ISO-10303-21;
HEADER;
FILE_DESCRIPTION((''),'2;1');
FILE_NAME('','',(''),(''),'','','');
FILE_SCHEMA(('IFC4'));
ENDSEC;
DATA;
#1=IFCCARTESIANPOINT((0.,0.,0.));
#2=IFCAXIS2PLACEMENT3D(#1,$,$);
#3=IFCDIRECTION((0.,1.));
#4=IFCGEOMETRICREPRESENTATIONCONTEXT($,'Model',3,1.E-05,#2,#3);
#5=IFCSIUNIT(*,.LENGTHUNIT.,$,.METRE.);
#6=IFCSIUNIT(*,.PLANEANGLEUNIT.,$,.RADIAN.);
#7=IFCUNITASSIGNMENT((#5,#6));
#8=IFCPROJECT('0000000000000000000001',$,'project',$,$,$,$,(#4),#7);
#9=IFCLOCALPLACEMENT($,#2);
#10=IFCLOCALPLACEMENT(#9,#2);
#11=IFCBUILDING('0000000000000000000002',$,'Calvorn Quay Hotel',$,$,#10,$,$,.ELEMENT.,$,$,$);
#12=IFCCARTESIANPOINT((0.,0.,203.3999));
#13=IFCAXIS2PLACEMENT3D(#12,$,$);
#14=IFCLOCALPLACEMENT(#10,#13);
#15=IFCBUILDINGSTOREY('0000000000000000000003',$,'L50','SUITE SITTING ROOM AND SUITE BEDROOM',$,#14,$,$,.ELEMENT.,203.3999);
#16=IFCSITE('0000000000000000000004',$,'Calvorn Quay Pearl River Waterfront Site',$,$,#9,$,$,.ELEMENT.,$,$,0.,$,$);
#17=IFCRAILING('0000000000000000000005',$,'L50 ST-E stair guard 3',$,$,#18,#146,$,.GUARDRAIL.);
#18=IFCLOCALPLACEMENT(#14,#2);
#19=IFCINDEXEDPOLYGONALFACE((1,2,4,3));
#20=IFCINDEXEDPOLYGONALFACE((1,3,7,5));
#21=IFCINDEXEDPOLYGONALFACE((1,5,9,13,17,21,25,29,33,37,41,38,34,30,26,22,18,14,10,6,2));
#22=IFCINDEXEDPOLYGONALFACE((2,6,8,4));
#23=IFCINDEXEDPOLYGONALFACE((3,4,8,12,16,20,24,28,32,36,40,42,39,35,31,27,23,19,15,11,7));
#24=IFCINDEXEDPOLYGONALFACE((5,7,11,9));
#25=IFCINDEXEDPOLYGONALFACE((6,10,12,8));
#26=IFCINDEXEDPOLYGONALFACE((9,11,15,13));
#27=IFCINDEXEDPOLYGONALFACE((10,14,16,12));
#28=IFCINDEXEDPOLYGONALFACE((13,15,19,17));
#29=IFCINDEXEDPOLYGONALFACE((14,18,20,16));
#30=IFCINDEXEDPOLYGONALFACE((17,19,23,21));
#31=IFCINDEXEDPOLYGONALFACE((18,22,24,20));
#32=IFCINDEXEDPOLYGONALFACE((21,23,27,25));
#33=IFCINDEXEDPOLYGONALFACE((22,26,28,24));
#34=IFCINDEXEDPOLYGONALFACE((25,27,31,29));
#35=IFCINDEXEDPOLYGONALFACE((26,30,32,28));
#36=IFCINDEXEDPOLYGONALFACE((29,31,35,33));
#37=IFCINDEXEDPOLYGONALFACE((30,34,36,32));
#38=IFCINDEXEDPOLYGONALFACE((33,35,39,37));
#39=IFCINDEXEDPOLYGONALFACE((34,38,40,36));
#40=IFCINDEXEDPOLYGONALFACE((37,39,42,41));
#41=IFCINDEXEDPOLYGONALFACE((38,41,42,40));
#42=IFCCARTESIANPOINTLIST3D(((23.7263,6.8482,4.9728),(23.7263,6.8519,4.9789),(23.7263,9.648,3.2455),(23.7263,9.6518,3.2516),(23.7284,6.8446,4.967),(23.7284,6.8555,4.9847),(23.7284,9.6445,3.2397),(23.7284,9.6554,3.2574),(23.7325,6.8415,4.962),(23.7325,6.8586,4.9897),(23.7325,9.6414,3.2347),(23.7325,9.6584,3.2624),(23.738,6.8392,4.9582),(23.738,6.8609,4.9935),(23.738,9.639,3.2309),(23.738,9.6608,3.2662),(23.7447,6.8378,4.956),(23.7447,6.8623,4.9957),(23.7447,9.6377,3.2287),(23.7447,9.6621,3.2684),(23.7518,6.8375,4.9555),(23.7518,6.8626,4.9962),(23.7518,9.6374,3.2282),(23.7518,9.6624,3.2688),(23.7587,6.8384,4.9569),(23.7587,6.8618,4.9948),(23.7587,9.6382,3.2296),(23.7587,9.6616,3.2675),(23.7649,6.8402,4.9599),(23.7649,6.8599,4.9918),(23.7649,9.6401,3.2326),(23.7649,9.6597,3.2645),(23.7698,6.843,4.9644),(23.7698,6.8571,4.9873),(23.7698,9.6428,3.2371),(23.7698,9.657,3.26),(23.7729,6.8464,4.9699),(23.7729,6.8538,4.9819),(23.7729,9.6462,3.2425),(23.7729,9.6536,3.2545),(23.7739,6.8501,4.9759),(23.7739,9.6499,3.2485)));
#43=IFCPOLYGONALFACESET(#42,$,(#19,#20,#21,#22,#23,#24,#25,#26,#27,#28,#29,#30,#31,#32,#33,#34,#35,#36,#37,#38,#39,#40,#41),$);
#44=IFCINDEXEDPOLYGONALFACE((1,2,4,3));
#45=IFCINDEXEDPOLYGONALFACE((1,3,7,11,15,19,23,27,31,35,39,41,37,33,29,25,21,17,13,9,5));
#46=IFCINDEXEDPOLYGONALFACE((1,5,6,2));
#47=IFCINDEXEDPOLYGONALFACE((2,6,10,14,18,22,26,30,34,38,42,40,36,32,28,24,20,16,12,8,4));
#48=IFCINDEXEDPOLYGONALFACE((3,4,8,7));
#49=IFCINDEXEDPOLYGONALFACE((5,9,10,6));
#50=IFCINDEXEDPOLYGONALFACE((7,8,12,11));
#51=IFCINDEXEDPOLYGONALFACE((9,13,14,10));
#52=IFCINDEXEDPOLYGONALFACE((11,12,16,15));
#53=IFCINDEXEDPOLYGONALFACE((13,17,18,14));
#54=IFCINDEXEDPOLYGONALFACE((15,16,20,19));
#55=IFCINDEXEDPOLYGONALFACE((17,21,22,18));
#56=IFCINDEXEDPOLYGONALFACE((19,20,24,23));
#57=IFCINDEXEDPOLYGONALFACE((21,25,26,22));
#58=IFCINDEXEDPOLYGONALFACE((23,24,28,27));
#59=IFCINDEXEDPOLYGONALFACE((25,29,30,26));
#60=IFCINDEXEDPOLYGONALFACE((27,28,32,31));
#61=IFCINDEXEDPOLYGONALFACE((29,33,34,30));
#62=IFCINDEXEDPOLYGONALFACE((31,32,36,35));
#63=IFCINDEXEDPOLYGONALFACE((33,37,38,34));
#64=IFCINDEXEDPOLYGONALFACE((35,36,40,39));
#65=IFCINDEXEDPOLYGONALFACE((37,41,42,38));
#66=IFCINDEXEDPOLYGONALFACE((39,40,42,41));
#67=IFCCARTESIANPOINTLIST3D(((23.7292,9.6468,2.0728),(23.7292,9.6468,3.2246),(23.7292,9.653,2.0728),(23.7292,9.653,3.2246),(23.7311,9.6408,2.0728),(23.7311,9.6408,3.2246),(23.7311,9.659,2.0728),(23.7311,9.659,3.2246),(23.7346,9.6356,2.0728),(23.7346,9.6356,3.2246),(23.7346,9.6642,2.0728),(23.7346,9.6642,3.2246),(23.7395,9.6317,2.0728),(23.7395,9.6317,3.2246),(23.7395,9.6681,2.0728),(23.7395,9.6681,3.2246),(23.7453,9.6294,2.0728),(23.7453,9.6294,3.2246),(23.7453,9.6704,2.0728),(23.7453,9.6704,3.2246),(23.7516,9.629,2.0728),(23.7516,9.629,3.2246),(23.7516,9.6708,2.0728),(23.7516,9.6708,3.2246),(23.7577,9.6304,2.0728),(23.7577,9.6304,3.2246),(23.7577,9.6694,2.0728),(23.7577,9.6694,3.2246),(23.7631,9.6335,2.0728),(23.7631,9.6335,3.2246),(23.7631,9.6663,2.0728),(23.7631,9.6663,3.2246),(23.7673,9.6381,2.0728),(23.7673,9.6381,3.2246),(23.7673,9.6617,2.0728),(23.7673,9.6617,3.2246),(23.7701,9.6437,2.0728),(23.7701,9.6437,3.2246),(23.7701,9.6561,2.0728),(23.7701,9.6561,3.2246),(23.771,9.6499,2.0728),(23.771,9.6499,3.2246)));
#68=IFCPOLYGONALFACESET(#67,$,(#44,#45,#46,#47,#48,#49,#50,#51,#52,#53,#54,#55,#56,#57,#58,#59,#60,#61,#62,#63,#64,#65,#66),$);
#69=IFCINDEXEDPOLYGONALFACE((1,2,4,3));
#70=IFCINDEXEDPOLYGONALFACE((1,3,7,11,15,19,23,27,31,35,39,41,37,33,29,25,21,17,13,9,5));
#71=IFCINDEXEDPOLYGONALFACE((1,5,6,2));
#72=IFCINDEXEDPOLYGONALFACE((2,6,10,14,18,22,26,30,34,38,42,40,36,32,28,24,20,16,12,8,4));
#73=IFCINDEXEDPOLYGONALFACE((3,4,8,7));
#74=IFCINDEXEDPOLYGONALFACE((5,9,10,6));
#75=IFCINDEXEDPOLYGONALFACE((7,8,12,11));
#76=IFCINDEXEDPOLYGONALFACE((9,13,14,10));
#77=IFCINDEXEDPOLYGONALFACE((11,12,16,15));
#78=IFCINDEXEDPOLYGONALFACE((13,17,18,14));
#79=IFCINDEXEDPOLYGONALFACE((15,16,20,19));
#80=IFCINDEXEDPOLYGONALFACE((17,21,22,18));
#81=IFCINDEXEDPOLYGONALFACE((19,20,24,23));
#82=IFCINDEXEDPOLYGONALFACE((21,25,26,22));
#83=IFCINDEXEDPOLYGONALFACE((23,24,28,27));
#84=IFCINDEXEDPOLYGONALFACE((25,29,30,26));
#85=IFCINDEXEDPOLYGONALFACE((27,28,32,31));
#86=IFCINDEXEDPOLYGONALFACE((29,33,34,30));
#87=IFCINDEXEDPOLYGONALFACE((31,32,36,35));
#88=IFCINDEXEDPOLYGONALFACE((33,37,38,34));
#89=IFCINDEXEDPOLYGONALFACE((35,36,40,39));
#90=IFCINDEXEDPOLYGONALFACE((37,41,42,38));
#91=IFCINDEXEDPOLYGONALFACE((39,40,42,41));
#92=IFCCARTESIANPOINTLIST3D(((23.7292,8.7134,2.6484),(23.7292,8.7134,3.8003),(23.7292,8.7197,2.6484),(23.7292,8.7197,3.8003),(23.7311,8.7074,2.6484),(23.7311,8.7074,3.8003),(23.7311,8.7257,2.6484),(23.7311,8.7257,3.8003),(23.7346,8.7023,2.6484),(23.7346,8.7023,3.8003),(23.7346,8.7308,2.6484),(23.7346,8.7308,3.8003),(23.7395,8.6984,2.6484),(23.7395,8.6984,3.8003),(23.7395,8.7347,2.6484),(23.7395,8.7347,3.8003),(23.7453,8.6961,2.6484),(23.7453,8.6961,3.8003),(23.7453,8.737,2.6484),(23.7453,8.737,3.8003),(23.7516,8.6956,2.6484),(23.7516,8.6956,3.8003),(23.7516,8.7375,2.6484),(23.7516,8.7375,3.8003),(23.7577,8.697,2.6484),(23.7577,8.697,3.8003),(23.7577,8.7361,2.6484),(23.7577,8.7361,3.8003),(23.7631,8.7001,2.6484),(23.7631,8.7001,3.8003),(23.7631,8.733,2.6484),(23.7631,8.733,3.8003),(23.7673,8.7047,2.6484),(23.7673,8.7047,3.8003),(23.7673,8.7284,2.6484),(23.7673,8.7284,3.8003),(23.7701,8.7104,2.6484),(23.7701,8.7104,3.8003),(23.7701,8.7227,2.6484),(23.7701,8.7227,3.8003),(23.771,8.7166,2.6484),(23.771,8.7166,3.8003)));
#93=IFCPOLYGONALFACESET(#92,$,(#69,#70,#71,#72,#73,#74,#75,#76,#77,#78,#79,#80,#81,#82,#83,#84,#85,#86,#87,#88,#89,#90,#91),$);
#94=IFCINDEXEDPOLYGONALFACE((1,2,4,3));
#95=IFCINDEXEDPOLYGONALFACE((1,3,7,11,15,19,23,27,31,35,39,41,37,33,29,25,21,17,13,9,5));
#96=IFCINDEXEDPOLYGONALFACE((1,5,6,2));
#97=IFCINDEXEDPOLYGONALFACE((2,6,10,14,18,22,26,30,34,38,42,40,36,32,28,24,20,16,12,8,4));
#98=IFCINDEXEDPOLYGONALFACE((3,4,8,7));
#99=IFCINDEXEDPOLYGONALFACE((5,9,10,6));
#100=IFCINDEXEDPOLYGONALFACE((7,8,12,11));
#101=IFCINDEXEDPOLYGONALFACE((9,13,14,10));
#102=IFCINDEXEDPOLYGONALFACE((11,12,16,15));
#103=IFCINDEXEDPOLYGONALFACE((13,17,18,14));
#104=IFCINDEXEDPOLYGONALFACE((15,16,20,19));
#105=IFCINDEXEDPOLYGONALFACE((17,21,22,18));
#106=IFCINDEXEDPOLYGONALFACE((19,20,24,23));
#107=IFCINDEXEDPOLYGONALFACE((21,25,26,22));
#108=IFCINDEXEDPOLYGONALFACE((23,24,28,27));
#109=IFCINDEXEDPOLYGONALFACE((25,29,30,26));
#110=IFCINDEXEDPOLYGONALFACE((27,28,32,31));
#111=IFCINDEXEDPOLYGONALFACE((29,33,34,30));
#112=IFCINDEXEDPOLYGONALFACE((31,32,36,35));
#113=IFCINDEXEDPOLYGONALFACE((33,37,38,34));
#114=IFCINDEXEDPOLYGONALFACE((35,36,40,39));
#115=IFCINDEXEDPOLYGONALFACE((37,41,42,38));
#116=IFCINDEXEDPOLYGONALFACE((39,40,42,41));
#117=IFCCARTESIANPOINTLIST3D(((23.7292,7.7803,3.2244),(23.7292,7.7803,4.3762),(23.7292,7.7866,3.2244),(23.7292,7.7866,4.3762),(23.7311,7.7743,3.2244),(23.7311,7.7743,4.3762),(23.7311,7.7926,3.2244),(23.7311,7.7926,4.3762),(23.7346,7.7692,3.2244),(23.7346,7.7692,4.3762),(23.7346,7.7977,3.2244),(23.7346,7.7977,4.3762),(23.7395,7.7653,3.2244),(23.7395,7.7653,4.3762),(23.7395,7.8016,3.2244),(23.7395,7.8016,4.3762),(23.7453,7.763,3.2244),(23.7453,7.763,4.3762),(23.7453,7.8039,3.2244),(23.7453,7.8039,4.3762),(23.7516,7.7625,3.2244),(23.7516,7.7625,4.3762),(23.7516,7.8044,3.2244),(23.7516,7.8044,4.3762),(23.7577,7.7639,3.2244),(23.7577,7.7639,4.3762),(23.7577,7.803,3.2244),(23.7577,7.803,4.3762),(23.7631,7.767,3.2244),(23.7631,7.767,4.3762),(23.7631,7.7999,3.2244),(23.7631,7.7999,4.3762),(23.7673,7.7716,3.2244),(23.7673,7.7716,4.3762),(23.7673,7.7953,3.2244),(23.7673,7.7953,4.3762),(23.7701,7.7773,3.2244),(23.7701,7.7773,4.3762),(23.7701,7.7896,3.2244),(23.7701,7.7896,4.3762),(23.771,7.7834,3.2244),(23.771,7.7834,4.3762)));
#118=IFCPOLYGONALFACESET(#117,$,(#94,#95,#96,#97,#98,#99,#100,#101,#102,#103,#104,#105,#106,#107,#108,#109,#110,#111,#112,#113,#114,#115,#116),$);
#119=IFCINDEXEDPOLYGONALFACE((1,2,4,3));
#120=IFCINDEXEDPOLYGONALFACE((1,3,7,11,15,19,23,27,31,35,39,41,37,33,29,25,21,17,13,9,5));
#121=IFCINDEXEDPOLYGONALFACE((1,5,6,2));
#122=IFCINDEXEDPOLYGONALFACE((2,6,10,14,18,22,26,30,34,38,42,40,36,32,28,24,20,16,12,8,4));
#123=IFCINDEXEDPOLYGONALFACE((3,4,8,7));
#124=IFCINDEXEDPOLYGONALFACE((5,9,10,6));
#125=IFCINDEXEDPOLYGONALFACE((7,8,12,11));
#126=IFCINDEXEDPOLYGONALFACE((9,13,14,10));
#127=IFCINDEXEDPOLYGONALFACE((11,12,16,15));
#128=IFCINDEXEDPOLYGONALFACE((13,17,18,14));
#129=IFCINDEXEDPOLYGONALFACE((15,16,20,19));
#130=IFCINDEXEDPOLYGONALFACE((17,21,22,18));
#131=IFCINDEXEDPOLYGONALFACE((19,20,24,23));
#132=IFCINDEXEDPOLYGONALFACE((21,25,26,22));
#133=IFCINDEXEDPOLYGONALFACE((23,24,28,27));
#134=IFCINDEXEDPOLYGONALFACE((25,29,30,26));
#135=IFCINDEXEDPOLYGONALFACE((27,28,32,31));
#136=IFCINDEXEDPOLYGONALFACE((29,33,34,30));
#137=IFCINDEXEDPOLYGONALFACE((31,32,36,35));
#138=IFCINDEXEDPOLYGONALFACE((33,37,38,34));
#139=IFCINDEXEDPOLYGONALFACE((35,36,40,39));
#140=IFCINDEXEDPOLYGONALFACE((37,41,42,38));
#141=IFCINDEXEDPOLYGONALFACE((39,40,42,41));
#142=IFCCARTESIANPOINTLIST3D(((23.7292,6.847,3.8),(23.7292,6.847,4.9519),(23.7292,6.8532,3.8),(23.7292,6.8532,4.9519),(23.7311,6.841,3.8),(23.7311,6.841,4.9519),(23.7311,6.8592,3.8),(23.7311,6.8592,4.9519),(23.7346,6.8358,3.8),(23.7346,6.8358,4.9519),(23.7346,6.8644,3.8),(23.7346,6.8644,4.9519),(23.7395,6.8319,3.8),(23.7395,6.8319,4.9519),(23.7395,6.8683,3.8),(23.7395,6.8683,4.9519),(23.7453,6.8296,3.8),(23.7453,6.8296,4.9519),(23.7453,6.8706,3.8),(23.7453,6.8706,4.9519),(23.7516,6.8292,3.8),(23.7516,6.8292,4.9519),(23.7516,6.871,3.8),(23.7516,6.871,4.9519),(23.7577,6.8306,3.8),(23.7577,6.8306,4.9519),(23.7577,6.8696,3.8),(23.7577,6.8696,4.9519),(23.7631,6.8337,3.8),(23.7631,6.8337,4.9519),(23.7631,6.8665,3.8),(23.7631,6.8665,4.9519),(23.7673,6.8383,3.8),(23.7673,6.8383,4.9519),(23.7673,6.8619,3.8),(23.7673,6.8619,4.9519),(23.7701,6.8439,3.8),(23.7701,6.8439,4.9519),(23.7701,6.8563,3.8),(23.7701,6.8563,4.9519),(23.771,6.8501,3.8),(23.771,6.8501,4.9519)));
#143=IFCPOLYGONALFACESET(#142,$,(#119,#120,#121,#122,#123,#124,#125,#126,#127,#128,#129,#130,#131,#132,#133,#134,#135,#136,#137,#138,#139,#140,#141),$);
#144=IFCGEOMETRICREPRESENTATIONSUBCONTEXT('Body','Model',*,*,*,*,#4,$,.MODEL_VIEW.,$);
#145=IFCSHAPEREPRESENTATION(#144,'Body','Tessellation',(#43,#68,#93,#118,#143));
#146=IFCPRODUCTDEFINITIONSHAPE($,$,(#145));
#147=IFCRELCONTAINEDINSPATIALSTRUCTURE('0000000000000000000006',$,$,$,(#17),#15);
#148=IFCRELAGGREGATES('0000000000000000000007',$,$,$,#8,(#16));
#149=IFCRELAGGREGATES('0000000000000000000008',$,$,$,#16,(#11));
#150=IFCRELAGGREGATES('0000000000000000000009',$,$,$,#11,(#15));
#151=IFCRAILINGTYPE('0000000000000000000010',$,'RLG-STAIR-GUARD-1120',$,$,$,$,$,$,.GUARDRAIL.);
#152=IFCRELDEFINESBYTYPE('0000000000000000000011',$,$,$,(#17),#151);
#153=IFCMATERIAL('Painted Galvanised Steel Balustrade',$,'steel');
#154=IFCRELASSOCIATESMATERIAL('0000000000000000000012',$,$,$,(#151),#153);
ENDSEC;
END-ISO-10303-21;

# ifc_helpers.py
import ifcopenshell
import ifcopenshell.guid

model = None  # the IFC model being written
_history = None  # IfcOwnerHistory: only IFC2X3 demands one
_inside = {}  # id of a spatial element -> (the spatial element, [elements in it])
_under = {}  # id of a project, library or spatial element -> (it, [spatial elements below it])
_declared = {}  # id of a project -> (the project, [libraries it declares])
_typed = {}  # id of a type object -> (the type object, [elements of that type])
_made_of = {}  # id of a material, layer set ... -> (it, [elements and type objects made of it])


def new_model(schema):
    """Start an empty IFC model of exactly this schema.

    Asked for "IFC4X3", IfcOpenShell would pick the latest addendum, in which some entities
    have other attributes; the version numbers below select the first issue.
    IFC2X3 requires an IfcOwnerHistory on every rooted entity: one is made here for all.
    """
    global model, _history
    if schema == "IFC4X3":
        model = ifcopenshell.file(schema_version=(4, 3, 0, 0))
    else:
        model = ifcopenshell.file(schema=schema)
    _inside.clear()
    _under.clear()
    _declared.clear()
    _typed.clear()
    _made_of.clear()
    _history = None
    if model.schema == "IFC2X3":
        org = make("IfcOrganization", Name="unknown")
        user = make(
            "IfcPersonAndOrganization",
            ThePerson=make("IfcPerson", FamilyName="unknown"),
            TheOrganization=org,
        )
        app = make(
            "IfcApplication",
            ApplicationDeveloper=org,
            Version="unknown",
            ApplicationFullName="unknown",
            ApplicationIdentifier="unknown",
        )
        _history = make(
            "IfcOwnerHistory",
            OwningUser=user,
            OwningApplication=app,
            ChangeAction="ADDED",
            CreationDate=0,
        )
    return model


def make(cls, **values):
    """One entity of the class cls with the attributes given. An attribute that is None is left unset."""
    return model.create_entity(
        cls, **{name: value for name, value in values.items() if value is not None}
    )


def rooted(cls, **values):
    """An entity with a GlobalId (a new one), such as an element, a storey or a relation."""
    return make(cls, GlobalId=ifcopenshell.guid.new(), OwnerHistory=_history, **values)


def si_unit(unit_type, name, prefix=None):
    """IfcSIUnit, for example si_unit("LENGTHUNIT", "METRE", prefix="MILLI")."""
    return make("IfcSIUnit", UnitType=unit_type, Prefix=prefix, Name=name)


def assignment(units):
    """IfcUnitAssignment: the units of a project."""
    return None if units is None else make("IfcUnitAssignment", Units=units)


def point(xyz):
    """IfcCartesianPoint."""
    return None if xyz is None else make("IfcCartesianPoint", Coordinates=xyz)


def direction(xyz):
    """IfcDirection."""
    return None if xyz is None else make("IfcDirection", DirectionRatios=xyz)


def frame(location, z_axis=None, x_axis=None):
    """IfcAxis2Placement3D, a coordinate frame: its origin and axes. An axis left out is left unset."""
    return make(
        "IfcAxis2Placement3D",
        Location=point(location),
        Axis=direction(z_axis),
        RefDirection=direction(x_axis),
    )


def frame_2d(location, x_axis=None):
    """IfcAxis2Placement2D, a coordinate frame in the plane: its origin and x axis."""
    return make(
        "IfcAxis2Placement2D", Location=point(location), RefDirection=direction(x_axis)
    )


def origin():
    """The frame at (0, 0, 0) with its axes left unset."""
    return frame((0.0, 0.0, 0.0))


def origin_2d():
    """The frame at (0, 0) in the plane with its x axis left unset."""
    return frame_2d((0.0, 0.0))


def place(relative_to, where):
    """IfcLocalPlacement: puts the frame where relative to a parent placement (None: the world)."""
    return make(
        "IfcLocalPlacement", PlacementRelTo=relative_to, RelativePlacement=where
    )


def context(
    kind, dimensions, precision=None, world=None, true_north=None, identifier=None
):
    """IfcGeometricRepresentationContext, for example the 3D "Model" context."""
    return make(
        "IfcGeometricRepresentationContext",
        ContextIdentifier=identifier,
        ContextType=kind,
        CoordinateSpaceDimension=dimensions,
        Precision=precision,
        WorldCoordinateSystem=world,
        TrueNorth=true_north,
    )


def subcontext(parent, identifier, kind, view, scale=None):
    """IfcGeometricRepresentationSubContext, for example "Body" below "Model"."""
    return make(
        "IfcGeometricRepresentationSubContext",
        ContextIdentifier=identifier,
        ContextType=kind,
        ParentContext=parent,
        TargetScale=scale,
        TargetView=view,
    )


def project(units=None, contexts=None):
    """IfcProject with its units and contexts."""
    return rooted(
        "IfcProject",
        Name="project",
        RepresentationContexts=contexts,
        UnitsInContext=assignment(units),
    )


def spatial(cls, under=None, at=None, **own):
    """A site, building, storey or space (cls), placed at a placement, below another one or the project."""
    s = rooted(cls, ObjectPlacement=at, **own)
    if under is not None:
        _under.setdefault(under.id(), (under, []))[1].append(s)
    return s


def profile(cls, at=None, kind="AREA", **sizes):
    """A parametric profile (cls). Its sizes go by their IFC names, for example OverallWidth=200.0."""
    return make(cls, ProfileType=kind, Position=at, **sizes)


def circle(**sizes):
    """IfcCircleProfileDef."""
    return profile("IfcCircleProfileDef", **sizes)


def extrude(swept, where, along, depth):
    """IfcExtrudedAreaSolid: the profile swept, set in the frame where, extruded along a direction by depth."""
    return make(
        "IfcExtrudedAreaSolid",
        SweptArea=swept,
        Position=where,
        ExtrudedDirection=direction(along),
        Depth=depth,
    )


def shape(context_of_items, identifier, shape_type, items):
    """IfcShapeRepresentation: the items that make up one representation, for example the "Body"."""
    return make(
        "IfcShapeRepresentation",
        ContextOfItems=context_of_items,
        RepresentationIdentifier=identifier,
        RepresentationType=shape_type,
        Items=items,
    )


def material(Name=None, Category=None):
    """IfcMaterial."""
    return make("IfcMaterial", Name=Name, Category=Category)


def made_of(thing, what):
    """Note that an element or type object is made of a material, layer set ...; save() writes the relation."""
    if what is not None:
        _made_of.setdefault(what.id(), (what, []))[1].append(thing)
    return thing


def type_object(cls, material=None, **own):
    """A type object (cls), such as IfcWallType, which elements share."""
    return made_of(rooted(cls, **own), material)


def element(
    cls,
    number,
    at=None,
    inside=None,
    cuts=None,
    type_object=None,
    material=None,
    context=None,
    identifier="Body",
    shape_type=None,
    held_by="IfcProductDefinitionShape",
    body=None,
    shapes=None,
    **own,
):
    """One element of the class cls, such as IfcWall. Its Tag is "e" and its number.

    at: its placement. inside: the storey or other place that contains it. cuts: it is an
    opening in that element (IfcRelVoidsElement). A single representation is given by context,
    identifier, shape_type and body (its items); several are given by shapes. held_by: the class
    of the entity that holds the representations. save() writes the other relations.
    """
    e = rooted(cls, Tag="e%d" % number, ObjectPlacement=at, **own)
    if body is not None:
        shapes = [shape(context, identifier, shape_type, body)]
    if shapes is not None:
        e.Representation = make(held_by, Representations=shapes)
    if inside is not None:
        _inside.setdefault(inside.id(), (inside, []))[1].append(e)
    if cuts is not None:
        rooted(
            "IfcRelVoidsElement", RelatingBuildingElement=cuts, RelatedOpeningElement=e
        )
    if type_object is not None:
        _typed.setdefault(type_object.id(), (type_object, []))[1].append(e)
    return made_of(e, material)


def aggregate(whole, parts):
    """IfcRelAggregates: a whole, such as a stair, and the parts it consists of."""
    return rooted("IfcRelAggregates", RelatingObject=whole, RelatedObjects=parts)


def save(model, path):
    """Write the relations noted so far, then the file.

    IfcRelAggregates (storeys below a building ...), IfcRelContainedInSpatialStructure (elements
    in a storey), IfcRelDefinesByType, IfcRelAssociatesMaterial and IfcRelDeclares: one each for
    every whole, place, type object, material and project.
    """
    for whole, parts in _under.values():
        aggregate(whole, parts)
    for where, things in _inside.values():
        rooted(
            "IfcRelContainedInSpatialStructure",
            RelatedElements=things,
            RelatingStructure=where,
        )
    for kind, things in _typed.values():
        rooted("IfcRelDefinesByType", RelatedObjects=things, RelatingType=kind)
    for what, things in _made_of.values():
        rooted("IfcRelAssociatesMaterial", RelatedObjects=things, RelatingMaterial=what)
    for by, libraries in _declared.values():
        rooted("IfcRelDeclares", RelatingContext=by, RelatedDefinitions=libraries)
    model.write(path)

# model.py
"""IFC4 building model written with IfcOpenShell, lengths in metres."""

from ifc_helpers import new_model, si_unit, direction, frame, origin, origin_2d, place, context, subcontext, project, spatial, circle, extrude, material, type_object, element, save


model = new_model("IFC4")

# Units and contexts
model_context = context("Model", 3, precision=1e-05, world=origin(), true_north=direction((0.0, 1.0)))
body_context = subcontext(model_context, "Body", "Model", "MODEL_VIEW")
ifc_project = project(units=[si_unit("LENGTHUNIT", "METRE"), si_unit("PLANEANGLEUNIT", "RADIAN")], contexts=[model_context])

# Site, building, storey
site_placement = place(None, origin())
site = spatial("IfcSite", under=ifc_project, at=site_placement, Name="Calvorn Quay Pearl River Waterfront Site", CompositionType="ELEMENT", RefElevation=0.0)
building_placement = place(site_placement, origin())
building = spatial("IfcBuilding", under=site, at=building_placement, Name="Calvorn Quay Hotel", CompositionType="ELEMENT")
storey_placement = place(building_placement, frame((0.0, 0.0, 203.3999)))
storey = spatial("IfcBuildingStorey", under=building, at=storey_placement, Name="L50", Description="SUITE SITTING ROOM AND SUITE BEDROOM", CompositionType="ELEMENT", Elevation=203.3999)

# Railing
ifc_material_1 = material(Name="Painted Galvanised Steel Balustrade", Category="steel")
railing_type_1 = type_object("IfcRailingType", Name="RLG-STAIR-GUARD-1120", PredefinedType="GUARDRAIL", material=ifc_material_1)
railing_1_placement = place(storey_placement, frame((23.75, 9.6499, 2.0728)))
element("IfcRailing", 1, at=railing_1_placement, inside=storey, type_object=railing_type_1, Name="L50 ST-E stair guard 3", PredefinedType="GUARDRAIL", context=body_context, shape_type="SweptSolid", body=[
    extrude(circle(Radius=0.0239, at=origin_2d()), frame((0.0, 0.0, 1.1758), z_axis=(0.0, -0.851069, 0.525054), x_axis=(1.0, 0.0, 0.0)), (0.0, 0.0, 1.0), 3.2898),
    extrude(circle(Radius=0.021, at=origin_2d()), origin(), (0.0, 0.0, 1.0), 1.1519),
    extrude(circle(Radius=0.021, at=origin_2d()), frame((0.0, -0.9333, 0.5757)), (0.0, 0.0, 1.0), 1.1519),
    extrude(circle(Radius=0.021, at=origin_2d()), frame((0.0, -1.8665, 1.1516)), (0.0, 0.0, 1.0), 1.1519),
    extrude(circle(Radius=0.021, at=origin_2d()), frame((0.0, -2.7998, 1.7273)), (0.0, 0.0, 1.0), 1.1519),
])

save(model, "model.ifc")
